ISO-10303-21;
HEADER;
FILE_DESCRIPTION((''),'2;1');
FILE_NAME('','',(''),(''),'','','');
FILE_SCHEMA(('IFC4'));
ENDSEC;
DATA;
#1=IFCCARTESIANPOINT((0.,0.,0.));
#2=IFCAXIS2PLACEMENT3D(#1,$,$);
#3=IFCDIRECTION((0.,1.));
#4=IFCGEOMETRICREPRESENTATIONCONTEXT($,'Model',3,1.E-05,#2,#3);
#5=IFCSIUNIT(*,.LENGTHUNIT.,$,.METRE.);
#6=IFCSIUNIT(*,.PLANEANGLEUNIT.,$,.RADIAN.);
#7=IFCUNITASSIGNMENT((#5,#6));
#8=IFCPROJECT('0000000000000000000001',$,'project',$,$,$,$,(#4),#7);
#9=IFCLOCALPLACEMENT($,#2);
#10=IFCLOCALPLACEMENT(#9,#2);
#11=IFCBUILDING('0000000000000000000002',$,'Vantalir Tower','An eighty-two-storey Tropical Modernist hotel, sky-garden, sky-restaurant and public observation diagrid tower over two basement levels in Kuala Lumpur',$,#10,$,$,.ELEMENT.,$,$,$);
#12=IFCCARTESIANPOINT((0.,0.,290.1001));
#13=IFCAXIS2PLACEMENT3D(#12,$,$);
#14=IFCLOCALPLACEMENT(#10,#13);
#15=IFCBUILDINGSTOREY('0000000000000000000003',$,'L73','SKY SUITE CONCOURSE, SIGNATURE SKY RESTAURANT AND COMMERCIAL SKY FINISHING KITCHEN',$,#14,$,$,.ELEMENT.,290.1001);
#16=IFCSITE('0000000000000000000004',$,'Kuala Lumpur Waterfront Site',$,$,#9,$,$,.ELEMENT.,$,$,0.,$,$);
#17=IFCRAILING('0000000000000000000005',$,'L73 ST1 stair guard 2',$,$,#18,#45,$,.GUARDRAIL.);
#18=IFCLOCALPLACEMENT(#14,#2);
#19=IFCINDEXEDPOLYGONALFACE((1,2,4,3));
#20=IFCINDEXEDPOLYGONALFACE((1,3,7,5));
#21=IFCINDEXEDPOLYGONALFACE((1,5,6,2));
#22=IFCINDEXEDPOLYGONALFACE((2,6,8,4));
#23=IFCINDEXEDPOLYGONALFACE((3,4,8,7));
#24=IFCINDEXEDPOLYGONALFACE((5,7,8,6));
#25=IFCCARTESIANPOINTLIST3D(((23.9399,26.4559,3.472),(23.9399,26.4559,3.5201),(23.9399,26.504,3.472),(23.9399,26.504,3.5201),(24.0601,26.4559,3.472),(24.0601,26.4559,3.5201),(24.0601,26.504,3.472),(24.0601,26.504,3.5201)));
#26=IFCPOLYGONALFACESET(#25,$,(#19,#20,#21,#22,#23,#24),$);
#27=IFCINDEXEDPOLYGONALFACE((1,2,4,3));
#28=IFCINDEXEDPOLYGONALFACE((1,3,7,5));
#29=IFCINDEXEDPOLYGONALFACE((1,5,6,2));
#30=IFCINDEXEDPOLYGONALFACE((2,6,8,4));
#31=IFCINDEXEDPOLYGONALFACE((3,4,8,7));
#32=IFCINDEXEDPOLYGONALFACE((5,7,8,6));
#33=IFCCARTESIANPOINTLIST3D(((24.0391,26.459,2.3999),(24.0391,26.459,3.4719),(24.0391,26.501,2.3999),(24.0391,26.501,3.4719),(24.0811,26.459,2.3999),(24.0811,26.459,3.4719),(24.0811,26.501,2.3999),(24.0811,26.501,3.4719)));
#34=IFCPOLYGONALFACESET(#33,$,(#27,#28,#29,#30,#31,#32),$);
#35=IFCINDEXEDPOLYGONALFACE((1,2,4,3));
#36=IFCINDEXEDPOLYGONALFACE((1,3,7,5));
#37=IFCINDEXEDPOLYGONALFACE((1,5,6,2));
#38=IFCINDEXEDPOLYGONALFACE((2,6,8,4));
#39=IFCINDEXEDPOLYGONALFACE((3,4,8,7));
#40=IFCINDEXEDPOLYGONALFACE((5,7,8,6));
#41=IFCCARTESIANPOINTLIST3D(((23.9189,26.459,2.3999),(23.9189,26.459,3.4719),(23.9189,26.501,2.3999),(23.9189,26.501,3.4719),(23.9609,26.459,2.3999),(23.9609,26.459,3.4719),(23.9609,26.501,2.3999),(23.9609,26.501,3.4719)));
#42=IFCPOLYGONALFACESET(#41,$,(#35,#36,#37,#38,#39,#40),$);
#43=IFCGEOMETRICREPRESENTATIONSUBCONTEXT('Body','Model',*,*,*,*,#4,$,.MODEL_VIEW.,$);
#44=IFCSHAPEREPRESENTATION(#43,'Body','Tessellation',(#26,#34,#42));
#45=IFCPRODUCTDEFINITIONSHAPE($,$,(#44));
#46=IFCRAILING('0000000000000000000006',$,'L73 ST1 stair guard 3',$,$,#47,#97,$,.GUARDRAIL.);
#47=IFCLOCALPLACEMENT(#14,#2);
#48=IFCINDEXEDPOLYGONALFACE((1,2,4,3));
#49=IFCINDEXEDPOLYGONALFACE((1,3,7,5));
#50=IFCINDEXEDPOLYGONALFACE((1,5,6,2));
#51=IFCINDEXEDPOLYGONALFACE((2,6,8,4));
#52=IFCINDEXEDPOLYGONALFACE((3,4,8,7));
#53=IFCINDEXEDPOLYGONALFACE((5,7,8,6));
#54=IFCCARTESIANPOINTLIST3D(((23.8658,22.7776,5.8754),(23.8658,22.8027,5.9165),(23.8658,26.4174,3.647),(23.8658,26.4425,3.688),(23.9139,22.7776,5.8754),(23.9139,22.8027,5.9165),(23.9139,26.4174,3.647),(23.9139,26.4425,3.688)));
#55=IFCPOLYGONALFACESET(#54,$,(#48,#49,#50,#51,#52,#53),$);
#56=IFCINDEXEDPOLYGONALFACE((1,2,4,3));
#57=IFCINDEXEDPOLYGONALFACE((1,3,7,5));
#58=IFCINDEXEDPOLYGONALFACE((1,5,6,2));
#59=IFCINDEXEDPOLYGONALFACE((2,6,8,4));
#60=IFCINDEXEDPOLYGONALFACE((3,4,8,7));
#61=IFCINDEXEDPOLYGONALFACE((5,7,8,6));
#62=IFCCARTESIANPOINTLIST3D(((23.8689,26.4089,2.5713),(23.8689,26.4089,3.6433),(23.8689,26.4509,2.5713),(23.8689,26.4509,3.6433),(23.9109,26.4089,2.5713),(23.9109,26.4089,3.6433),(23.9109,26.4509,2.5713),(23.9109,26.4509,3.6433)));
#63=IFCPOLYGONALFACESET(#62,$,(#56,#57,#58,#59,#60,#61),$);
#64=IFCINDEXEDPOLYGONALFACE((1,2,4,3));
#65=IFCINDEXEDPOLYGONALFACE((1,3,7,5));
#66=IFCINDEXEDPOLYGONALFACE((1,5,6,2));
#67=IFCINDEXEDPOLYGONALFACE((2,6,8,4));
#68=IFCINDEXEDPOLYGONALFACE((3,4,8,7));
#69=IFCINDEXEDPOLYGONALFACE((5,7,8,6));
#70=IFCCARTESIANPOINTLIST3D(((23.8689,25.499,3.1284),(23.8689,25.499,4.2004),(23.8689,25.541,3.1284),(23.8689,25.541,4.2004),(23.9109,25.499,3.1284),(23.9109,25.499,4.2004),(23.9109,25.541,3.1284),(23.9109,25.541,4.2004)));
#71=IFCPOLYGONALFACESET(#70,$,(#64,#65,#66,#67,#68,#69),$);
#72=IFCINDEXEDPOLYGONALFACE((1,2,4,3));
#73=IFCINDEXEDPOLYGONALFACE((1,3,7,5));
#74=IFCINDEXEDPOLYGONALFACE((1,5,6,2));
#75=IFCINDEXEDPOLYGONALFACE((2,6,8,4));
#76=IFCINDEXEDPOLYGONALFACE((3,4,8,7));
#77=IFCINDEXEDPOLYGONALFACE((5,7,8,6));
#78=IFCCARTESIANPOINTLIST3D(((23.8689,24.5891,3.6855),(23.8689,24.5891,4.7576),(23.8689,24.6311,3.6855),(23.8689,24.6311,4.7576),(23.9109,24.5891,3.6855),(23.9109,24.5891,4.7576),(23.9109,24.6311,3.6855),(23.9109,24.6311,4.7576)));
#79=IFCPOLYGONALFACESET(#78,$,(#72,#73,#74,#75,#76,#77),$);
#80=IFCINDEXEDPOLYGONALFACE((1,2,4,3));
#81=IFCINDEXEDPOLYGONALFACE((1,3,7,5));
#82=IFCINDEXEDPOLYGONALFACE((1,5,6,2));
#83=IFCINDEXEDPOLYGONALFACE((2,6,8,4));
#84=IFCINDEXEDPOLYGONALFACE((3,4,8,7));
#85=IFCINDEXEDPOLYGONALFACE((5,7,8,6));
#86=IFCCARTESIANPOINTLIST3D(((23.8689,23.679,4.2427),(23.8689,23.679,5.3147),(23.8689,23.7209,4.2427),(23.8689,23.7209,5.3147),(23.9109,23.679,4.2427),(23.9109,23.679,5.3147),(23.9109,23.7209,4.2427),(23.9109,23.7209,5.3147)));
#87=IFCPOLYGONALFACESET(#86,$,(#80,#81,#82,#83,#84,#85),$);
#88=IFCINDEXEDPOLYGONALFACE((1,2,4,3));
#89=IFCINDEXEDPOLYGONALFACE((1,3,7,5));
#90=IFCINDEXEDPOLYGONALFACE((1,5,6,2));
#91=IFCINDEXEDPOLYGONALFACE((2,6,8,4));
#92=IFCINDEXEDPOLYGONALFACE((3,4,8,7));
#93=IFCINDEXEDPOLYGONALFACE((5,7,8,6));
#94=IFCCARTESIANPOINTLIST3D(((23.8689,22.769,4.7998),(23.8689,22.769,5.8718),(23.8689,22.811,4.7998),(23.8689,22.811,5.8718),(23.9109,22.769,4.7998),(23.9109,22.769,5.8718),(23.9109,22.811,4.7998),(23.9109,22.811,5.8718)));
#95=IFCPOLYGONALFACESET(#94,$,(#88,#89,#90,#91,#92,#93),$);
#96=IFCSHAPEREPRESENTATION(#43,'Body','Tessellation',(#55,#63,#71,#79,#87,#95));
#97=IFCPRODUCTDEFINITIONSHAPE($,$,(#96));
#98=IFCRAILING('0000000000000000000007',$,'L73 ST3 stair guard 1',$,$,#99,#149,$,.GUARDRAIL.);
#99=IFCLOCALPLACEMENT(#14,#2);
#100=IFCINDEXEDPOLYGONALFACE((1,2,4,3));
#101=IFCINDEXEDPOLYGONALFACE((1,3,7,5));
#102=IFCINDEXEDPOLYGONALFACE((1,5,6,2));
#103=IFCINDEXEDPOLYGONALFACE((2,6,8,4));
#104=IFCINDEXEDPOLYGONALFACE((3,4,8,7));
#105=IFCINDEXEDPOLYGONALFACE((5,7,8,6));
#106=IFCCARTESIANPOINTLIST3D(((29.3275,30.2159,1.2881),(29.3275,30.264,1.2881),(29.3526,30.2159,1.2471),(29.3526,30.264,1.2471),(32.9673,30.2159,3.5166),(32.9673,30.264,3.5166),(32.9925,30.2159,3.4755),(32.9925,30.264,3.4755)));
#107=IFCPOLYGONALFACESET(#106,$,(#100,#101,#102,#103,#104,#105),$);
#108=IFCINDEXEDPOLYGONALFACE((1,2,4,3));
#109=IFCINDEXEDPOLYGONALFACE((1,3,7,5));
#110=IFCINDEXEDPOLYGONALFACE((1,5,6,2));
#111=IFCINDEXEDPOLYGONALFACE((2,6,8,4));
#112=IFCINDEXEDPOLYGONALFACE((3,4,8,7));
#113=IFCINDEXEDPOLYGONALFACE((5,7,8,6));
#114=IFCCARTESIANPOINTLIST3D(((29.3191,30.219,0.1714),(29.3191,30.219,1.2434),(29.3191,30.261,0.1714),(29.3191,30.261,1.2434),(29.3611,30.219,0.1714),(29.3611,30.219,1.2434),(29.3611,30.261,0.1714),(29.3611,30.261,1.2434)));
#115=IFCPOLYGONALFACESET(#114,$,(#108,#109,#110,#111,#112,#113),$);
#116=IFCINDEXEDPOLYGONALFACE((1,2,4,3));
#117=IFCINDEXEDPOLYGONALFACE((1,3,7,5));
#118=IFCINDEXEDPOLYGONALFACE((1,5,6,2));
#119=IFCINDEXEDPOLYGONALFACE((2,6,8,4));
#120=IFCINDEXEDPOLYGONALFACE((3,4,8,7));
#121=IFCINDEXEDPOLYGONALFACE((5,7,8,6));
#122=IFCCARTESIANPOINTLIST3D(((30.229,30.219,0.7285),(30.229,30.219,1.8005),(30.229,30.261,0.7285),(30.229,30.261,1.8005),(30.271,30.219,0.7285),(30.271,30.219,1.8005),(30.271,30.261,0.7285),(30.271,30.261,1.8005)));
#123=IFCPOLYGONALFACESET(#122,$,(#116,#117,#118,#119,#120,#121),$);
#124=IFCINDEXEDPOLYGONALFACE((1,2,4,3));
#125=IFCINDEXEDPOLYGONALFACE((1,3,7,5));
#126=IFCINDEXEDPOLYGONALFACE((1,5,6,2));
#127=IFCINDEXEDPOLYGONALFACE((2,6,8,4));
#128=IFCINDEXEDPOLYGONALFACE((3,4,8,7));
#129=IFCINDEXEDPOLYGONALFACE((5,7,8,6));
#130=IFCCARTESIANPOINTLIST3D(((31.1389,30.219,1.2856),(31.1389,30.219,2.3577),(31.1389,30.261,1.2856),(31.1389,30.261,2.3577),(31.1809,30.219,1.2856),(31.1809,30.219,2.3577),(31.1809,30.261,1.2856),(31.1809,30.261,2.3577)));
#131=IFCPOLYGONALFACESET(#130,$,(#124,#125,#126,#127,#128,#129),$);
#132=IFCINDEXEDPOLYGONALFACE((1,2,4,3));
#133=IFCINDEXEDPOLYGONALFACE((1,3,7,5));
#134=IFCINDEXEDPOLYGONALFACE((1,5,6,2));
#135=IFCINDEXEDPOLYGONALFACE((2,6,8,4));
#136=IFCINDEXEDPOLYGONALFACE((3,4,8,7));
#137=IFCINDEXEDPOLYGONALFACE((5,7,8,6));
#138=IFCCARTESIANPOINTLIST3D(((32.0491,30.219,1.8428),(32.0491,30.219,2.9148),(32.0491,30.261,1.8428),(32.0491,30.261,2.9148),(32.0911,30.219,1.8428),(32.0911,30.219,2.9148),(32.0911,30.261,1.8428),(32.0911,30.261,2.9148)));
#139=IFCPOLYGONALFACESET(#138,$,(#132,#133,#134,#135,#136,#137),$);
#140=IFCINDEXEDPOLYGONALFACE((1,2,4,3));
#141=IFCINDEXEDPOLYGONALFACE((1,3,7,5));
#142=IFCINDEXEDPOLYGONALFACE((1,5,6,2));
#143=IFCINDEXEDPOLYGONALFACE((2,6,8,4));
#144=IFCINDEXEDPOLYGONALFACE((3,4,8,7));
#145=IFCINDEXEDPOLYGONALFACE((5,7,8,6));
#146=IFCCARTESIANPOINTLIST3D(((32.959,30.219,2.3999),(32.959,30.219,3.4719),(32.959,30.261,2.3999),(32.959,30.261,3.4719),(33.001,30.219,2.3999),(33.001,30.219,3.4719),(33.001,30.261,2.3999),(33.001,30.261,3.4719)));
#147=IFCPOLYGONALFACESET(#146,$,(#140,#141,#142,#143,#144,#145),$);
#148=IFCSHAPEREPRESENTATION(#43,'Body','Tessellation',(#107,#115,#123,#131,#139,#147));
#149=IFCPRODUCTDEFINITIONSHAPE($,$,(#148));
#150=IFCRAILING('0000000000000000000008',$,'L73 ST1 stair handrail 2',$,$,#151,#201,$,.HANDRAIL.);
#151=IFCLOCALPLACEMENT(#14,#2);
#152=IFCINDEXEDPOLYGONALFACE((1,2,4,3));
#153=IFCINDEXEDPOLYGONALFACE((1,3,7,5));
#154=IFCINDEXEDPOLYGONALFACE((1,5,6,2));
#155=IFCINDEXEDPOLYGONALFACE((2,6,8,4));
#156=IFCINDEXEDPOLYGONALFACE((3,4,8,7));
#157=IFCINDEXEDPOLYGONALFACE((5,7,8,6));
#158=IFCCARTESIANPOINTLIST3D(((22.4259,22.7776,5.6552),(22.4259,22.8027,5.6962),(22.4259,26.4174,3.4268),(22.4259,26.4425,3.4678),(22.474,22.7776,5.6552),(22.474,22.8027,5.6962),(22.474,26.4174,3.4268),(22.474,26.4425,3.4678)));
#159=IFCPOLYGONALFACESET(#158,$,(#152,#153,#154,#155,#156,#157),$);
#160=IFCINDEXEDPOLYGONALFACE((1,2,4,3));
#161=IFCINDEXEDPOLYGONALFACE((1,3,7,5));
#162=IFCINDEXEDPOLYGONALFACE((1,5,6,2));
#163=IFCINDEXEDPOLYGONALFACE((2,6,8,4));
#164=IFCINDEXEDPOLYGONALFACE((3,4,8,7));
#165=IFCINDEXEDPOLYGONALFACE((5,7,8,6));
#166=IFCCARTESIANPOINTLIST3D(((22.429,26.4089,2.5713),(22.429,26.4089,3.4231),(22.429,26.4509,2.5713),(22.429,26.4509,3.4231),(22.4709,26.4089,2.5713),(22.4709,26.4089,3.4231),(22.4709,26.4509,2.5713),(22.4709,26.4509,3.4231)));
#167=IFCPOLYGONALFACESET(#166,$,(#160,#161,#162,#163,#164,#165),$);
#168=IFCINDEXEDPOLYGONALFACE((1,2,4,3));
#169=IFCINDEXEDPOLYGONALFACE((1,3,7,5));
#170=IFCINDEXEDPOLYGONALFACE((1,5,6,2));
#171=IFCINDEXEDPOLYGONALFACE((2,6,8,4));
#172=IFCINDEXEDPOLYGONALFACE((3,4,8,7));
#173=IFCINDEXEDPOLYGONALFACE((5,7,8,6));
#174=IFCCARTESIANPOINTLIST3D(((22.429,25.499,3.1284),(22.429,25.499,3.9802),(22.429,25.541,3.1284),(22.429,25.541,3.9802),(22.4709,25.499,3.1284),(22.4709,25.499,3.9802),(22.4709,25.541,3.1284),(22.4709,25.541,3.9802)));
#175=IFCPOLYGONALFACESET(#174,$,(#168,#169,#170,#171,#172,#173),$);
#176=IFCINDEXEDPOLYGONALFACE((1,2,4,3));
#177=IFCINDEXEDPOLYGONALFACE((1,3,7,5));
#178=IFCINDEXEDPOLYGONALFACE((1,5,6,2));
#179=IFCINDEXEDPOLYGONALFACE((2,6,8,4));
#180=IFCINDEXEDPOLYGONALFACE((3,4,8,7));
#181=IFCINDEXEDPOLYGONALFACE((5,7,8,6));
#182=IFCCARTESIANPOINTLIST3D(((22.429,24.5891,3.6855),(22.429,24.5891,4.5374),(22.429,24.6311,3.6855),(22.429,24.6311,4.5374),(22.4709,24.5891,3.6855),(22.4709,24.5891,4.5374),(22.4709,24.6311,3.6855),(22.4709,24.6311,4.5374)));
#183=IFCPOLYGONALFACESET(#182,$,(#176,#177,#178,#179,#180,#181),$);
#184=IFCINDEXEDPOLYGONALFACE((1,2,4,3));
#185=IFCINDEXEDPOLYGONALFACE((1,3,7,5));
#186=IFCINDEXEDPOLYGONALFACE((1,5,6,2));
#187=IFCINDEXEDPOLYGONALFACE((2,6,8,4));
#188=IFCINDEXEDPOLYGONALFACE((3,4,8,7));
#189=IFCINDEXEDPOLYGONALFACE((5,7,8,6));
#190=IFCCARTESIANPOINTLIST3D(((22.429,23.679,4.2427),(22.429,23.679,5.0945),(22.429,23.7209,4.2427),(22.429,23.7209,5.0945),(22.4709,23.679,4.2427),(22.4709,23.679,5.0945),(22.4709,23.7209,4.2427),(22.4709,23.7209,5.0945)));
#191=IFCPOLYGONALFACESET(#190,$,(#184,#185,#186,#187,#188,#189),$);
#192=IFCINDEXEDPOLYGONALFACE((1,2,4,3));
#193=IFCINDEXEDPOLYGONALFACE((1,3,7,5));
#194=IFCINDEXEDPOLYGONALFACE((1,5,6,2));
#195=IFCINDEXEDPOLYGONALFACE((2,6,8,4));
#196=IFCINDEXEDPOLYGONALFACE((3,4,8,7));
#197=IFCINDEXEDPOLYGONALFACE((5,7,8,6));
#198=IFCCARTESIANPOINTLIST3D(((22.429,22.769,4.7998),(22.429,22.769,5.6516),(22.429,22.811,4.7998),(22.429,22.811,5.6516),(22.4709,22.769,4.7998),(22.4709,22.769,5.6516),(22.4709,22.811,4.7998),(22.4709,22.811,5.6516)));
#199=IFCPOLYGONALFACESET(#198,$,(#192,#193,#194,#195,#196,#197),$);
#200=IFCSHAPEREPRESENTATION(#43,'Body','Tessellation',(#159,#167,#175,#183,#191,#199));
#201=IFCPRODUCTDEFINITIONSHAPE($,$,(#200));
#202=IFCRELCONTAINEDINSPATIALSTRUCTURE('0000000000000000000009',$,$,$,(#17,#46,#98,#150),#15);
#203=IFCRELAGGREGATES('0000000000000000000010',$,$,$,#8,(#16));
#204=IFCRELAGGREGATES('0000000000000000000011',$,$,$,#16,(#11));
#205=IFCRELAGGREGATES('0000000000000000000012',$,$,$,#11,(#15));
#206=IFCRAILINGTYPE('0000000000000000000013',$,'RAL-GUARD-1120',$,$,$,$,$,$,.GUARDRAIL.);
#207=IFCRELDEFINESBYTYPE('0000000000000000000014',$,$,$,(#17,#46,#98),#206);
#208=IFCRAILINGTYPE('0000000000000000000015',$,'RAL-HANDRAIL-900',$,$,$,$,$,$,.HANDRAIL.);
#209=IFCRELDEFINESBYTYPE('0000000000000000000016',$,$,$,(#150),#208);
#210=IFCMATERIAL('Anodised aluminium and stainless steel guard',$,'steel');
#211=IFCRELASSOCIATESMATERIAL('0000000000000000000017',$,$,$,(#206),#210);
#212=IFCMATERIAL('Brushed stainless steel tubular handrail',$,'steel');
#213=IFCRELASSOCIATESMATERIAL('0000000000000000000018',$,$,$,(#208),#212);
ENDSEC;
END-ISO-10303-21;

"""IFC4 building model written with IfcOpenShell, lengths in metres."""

from ifc_helpers import new_model, si_unit, direction, frame, origin, origin_2d, place, context, subcontext, project, spatial, rectangle, extrude, material, type_object, element, save


model = new_model("IFC4")

# Units and contexts
model_context = context("Model", 3, precision=1e-05, world=origin(), true_north=direction((0.0, 1.0)))
body_context = subcontext(model_context, "Body", "Model", "MODEL_VIEW")
ifc_project = project(units=[si_unit("LENGTHUNIT", "METRE"), si_unit("PLANEANGLEUNIT", "RADIAN")], contexts=[model_context])

# Site, building, storey
site_placement = place(None, origin())
site = spatial("IfcSite", under=ifc_project, at=site_placement, Name="Kuala Lumpur Waterfront Site", CompositionType="ELEMENT", RefElevation=0.0)
building_placement = place(site_placement, origin())
building = spatial("IfcBuilding", under=site, at=building_placement, Name="Vantalir Tower", Description="An eighty-two-storey Tropical Modernist hotel, sky-garden, sky-restaurant and public observation diagrid tower over two basement levels in Kuala Lumpur", CompositionType="ELEMENT")
storey_placement = place(building_placement, frame((0.0, 0.0, 290.1001)))
storey = spatial("IfcBuildingStorey", under=building, at=storey_placement, Name="L73", Description="SKY SUITE CONCOURSE, SIGNATURE SKY RESTAURANT AND COMMERCIAL SKY FINISHING KITCHEN", CompositionType="ELEMENT", Elevation=290.1001)

# Railings
ifc_material_1 = material(Name="Anodised aluminium and stainless steel guard", Category="steel")
railing_type_1 = type_object("IfcRailingType", Name="RAL-GUARD-1120", PredefinedType="GUARDRAIL", material=ifc_material_1)
railing_1_placement = place(storey_placement, frame((24.0601, 26.48, 2.3999)))
element("IfcRailing", 1, at=railing_1_placement, inside=storey, type_object=railing_type_1, Name="L73 ST1 stair guard 2", PredefinedType="GUARDRAIL", context=body_context, shape_type="SweptSolid", body=[
    extrude(rectangle(XDim=0.0481, YDim=0.0481, at=origin_2d()), frame((0.0, 0.0, 1.0962), z_axis=(-1.0, 0.0, 0.0), x_axis=(0.0, -1.0, 0.0)), (0.0, 0.0, 1.0), 0.1201),
    extrude(rectangle(XDim=0.042, YDim=0.042, at=origin_2d()), origin(), (0.0, 0.0, 1.0), 1.072),
    extrude(rectangle(XDim=0.042, YDim=0.042, at=origin_2d()), frame((-0.1201, 0.0, 0.0)), (0.0, 0.0, 1.0), 1.072),
])
railing_2_placement = place(storey_placement, frame((23.8899, 26.4299, 2.5713)))
element("IfcRailing", 2, at=railing_2_placement, inside=storey, type_object=railing_type_1, Name="L73 ST1 stair guard 3", PredefinedType="GUARDRAIL", context=body_context, shape_type="SweptSolid", body=[
    extrude(rectangle(XDim=0.0481, YDim=0.0481, at=origin_2d()), frame((0.0, 0.0, 1.0962), z_axis=(0.0, -0.85285, 0.522156), x_axis=(1.0, 0.0, 0.0)), (0.0, 0.0, 1.0), 4.2678),
    extrude(rectangle(XDim=0.042, YDim=0.042, at=origin_2d()), origin(), (0.0, 0.0, 1.0), 1.072),
    extrude(rectangle(XDim=0.042, YDim=0.042, at=origin_2d()), frame((0.0, -0.9099, 0.5571)), (0.0, 0.0, 1.0), 1.072),
    extrude(rectangle(XDim=0.042, YDim=0.042, at=origin_2d()), frame((0.0, -1.8198, 1.1143)), (0.0, 0.0, 1.0), 1.072),
    extrude(rectangle(XDim=0.042, YDim=0.042, at=origin_2d()), frame((0.0, -2.73, 1.6714)), (0.0, 0.0, 1.0), 1.072),
    extrude(rectangle(XDim=0.042, YDim=0.042, at=origin_2d()), frame((0.0, -3.6399, 2.2285)), (0.0, 0.0, 1.0), 1.072),
])
railing_3_placement = place(storey_placement, frame((29.3401, 30.24, 0.1714)))
element("IfcRailing", 3, at=railing_3_placement, inside=storey, type_object=railing_type_1, Name="L73 ST3 stair guard 1", PredefinedType="GUARDRAIL", context=body_context, shape_type="SweptSolid", body=[
    extrude(rectangle(XDim=0.0481, YDim=0.0481, at=origin_2d()), frame((0.0, 0.0, 1.0962), z_axis=(0.85285, 0.0, 0.522156), x_axis=(0.0, 1.0, 0.0)), (0.0, 0.0, 1.0), 4.2678),
    extrude(rectangle(XDim=0.042, YDim=0.042, at=origin_2d()), origin(), (0.0, 0.0, 1.0), 1.072),
    extrude(rectangle(XDim=0.042, YDim=0.042, at=origin_2d()), frame((0.9099, 0.0, 0.5571)), (0.0, 0.0, 1.0), 1.072),
    extrude(rectangle(XDim=0.042, YDim=0.042, at=origin_2d()), frame((1.8198, 0.0, 1.1143)), (0.0, 0.0, 1.0), 1.072),
    extrude(rectangle(XDim=0.042, YDim=0.042, at=origin_2d()), frame((2.73, 0.0, 1.6714)), (0.0, 0.0, 1.0), 1.072),
    extrude(rectangle(XDim=0.042, YDim=0.042, at=origin_2d()), frame((3.6399, 0.0, 2.2285)), (0.0, 0.0, 1.0), 1.072),
])
ifc_material_2 = material(Name="Brushed stainless steel tubular handrail", Category="steel")
railing_type_2 = type_object("IfcRailingType", Name="RAL-HANDRAIL-900", PredefinedType="HANDRAIL", material=ifc_material_2)
railing_4_placement = place(storey_placement, frame((22.45, 26.4299, 2.5713)))
element("IfcRailing", 4, at=railing_4_placement, inside=storey, type_object=railing_type_2, Name="L73 ST1 stair handrail 2", PredefinedType="HANDRAIL", context=body_context, shape_type="SweptSolid", body=[
    extrude(rectangle(XDim=0.0481, YDim=0.0481, at=origin_2d()), frame((0.0, 0.0, 0.876), z_axis=(0.0, -0.85285, 0.522156), x_axis=(1.0, 0.0, 0.0)), (0.0, 0.0, 1.0), 4.2678),
    extrude(rectangle(XDim=0.042, YDim=0.042, at=origin_2d()), origin(), (0.0, 0.0, 1.0), 0.8518),
    extrude(rectangle(XDim=0.042, YDim=0.042, at=origin_2d()), frame((0.0, -0.9099, 0.5571)), (0.0, 0.0, 1.0), 0.8518),
    extrude(rectangle(XDim=0.042, YDim=0.042, at=origin_2d()), frame((0.0, -1.8198, 1.1143)), (0.0, 0.0, 1.0), 0.8518),
    extrude(rectangle(XDim=0.042, YDim=0.042, at=origin_2d()), frame((0.0, -2.73, 1.6714)), (0.0, 0.0, 1.0), 0.8518),
    extrude(rectangle(XDim=0.042, YDim=0.042, at=origin_2d()), frame((0.0, -3.6399, 2.2285)), (0.0, 0.0, 1.0), 0.8518),
])

save(model, "model.ifc")
